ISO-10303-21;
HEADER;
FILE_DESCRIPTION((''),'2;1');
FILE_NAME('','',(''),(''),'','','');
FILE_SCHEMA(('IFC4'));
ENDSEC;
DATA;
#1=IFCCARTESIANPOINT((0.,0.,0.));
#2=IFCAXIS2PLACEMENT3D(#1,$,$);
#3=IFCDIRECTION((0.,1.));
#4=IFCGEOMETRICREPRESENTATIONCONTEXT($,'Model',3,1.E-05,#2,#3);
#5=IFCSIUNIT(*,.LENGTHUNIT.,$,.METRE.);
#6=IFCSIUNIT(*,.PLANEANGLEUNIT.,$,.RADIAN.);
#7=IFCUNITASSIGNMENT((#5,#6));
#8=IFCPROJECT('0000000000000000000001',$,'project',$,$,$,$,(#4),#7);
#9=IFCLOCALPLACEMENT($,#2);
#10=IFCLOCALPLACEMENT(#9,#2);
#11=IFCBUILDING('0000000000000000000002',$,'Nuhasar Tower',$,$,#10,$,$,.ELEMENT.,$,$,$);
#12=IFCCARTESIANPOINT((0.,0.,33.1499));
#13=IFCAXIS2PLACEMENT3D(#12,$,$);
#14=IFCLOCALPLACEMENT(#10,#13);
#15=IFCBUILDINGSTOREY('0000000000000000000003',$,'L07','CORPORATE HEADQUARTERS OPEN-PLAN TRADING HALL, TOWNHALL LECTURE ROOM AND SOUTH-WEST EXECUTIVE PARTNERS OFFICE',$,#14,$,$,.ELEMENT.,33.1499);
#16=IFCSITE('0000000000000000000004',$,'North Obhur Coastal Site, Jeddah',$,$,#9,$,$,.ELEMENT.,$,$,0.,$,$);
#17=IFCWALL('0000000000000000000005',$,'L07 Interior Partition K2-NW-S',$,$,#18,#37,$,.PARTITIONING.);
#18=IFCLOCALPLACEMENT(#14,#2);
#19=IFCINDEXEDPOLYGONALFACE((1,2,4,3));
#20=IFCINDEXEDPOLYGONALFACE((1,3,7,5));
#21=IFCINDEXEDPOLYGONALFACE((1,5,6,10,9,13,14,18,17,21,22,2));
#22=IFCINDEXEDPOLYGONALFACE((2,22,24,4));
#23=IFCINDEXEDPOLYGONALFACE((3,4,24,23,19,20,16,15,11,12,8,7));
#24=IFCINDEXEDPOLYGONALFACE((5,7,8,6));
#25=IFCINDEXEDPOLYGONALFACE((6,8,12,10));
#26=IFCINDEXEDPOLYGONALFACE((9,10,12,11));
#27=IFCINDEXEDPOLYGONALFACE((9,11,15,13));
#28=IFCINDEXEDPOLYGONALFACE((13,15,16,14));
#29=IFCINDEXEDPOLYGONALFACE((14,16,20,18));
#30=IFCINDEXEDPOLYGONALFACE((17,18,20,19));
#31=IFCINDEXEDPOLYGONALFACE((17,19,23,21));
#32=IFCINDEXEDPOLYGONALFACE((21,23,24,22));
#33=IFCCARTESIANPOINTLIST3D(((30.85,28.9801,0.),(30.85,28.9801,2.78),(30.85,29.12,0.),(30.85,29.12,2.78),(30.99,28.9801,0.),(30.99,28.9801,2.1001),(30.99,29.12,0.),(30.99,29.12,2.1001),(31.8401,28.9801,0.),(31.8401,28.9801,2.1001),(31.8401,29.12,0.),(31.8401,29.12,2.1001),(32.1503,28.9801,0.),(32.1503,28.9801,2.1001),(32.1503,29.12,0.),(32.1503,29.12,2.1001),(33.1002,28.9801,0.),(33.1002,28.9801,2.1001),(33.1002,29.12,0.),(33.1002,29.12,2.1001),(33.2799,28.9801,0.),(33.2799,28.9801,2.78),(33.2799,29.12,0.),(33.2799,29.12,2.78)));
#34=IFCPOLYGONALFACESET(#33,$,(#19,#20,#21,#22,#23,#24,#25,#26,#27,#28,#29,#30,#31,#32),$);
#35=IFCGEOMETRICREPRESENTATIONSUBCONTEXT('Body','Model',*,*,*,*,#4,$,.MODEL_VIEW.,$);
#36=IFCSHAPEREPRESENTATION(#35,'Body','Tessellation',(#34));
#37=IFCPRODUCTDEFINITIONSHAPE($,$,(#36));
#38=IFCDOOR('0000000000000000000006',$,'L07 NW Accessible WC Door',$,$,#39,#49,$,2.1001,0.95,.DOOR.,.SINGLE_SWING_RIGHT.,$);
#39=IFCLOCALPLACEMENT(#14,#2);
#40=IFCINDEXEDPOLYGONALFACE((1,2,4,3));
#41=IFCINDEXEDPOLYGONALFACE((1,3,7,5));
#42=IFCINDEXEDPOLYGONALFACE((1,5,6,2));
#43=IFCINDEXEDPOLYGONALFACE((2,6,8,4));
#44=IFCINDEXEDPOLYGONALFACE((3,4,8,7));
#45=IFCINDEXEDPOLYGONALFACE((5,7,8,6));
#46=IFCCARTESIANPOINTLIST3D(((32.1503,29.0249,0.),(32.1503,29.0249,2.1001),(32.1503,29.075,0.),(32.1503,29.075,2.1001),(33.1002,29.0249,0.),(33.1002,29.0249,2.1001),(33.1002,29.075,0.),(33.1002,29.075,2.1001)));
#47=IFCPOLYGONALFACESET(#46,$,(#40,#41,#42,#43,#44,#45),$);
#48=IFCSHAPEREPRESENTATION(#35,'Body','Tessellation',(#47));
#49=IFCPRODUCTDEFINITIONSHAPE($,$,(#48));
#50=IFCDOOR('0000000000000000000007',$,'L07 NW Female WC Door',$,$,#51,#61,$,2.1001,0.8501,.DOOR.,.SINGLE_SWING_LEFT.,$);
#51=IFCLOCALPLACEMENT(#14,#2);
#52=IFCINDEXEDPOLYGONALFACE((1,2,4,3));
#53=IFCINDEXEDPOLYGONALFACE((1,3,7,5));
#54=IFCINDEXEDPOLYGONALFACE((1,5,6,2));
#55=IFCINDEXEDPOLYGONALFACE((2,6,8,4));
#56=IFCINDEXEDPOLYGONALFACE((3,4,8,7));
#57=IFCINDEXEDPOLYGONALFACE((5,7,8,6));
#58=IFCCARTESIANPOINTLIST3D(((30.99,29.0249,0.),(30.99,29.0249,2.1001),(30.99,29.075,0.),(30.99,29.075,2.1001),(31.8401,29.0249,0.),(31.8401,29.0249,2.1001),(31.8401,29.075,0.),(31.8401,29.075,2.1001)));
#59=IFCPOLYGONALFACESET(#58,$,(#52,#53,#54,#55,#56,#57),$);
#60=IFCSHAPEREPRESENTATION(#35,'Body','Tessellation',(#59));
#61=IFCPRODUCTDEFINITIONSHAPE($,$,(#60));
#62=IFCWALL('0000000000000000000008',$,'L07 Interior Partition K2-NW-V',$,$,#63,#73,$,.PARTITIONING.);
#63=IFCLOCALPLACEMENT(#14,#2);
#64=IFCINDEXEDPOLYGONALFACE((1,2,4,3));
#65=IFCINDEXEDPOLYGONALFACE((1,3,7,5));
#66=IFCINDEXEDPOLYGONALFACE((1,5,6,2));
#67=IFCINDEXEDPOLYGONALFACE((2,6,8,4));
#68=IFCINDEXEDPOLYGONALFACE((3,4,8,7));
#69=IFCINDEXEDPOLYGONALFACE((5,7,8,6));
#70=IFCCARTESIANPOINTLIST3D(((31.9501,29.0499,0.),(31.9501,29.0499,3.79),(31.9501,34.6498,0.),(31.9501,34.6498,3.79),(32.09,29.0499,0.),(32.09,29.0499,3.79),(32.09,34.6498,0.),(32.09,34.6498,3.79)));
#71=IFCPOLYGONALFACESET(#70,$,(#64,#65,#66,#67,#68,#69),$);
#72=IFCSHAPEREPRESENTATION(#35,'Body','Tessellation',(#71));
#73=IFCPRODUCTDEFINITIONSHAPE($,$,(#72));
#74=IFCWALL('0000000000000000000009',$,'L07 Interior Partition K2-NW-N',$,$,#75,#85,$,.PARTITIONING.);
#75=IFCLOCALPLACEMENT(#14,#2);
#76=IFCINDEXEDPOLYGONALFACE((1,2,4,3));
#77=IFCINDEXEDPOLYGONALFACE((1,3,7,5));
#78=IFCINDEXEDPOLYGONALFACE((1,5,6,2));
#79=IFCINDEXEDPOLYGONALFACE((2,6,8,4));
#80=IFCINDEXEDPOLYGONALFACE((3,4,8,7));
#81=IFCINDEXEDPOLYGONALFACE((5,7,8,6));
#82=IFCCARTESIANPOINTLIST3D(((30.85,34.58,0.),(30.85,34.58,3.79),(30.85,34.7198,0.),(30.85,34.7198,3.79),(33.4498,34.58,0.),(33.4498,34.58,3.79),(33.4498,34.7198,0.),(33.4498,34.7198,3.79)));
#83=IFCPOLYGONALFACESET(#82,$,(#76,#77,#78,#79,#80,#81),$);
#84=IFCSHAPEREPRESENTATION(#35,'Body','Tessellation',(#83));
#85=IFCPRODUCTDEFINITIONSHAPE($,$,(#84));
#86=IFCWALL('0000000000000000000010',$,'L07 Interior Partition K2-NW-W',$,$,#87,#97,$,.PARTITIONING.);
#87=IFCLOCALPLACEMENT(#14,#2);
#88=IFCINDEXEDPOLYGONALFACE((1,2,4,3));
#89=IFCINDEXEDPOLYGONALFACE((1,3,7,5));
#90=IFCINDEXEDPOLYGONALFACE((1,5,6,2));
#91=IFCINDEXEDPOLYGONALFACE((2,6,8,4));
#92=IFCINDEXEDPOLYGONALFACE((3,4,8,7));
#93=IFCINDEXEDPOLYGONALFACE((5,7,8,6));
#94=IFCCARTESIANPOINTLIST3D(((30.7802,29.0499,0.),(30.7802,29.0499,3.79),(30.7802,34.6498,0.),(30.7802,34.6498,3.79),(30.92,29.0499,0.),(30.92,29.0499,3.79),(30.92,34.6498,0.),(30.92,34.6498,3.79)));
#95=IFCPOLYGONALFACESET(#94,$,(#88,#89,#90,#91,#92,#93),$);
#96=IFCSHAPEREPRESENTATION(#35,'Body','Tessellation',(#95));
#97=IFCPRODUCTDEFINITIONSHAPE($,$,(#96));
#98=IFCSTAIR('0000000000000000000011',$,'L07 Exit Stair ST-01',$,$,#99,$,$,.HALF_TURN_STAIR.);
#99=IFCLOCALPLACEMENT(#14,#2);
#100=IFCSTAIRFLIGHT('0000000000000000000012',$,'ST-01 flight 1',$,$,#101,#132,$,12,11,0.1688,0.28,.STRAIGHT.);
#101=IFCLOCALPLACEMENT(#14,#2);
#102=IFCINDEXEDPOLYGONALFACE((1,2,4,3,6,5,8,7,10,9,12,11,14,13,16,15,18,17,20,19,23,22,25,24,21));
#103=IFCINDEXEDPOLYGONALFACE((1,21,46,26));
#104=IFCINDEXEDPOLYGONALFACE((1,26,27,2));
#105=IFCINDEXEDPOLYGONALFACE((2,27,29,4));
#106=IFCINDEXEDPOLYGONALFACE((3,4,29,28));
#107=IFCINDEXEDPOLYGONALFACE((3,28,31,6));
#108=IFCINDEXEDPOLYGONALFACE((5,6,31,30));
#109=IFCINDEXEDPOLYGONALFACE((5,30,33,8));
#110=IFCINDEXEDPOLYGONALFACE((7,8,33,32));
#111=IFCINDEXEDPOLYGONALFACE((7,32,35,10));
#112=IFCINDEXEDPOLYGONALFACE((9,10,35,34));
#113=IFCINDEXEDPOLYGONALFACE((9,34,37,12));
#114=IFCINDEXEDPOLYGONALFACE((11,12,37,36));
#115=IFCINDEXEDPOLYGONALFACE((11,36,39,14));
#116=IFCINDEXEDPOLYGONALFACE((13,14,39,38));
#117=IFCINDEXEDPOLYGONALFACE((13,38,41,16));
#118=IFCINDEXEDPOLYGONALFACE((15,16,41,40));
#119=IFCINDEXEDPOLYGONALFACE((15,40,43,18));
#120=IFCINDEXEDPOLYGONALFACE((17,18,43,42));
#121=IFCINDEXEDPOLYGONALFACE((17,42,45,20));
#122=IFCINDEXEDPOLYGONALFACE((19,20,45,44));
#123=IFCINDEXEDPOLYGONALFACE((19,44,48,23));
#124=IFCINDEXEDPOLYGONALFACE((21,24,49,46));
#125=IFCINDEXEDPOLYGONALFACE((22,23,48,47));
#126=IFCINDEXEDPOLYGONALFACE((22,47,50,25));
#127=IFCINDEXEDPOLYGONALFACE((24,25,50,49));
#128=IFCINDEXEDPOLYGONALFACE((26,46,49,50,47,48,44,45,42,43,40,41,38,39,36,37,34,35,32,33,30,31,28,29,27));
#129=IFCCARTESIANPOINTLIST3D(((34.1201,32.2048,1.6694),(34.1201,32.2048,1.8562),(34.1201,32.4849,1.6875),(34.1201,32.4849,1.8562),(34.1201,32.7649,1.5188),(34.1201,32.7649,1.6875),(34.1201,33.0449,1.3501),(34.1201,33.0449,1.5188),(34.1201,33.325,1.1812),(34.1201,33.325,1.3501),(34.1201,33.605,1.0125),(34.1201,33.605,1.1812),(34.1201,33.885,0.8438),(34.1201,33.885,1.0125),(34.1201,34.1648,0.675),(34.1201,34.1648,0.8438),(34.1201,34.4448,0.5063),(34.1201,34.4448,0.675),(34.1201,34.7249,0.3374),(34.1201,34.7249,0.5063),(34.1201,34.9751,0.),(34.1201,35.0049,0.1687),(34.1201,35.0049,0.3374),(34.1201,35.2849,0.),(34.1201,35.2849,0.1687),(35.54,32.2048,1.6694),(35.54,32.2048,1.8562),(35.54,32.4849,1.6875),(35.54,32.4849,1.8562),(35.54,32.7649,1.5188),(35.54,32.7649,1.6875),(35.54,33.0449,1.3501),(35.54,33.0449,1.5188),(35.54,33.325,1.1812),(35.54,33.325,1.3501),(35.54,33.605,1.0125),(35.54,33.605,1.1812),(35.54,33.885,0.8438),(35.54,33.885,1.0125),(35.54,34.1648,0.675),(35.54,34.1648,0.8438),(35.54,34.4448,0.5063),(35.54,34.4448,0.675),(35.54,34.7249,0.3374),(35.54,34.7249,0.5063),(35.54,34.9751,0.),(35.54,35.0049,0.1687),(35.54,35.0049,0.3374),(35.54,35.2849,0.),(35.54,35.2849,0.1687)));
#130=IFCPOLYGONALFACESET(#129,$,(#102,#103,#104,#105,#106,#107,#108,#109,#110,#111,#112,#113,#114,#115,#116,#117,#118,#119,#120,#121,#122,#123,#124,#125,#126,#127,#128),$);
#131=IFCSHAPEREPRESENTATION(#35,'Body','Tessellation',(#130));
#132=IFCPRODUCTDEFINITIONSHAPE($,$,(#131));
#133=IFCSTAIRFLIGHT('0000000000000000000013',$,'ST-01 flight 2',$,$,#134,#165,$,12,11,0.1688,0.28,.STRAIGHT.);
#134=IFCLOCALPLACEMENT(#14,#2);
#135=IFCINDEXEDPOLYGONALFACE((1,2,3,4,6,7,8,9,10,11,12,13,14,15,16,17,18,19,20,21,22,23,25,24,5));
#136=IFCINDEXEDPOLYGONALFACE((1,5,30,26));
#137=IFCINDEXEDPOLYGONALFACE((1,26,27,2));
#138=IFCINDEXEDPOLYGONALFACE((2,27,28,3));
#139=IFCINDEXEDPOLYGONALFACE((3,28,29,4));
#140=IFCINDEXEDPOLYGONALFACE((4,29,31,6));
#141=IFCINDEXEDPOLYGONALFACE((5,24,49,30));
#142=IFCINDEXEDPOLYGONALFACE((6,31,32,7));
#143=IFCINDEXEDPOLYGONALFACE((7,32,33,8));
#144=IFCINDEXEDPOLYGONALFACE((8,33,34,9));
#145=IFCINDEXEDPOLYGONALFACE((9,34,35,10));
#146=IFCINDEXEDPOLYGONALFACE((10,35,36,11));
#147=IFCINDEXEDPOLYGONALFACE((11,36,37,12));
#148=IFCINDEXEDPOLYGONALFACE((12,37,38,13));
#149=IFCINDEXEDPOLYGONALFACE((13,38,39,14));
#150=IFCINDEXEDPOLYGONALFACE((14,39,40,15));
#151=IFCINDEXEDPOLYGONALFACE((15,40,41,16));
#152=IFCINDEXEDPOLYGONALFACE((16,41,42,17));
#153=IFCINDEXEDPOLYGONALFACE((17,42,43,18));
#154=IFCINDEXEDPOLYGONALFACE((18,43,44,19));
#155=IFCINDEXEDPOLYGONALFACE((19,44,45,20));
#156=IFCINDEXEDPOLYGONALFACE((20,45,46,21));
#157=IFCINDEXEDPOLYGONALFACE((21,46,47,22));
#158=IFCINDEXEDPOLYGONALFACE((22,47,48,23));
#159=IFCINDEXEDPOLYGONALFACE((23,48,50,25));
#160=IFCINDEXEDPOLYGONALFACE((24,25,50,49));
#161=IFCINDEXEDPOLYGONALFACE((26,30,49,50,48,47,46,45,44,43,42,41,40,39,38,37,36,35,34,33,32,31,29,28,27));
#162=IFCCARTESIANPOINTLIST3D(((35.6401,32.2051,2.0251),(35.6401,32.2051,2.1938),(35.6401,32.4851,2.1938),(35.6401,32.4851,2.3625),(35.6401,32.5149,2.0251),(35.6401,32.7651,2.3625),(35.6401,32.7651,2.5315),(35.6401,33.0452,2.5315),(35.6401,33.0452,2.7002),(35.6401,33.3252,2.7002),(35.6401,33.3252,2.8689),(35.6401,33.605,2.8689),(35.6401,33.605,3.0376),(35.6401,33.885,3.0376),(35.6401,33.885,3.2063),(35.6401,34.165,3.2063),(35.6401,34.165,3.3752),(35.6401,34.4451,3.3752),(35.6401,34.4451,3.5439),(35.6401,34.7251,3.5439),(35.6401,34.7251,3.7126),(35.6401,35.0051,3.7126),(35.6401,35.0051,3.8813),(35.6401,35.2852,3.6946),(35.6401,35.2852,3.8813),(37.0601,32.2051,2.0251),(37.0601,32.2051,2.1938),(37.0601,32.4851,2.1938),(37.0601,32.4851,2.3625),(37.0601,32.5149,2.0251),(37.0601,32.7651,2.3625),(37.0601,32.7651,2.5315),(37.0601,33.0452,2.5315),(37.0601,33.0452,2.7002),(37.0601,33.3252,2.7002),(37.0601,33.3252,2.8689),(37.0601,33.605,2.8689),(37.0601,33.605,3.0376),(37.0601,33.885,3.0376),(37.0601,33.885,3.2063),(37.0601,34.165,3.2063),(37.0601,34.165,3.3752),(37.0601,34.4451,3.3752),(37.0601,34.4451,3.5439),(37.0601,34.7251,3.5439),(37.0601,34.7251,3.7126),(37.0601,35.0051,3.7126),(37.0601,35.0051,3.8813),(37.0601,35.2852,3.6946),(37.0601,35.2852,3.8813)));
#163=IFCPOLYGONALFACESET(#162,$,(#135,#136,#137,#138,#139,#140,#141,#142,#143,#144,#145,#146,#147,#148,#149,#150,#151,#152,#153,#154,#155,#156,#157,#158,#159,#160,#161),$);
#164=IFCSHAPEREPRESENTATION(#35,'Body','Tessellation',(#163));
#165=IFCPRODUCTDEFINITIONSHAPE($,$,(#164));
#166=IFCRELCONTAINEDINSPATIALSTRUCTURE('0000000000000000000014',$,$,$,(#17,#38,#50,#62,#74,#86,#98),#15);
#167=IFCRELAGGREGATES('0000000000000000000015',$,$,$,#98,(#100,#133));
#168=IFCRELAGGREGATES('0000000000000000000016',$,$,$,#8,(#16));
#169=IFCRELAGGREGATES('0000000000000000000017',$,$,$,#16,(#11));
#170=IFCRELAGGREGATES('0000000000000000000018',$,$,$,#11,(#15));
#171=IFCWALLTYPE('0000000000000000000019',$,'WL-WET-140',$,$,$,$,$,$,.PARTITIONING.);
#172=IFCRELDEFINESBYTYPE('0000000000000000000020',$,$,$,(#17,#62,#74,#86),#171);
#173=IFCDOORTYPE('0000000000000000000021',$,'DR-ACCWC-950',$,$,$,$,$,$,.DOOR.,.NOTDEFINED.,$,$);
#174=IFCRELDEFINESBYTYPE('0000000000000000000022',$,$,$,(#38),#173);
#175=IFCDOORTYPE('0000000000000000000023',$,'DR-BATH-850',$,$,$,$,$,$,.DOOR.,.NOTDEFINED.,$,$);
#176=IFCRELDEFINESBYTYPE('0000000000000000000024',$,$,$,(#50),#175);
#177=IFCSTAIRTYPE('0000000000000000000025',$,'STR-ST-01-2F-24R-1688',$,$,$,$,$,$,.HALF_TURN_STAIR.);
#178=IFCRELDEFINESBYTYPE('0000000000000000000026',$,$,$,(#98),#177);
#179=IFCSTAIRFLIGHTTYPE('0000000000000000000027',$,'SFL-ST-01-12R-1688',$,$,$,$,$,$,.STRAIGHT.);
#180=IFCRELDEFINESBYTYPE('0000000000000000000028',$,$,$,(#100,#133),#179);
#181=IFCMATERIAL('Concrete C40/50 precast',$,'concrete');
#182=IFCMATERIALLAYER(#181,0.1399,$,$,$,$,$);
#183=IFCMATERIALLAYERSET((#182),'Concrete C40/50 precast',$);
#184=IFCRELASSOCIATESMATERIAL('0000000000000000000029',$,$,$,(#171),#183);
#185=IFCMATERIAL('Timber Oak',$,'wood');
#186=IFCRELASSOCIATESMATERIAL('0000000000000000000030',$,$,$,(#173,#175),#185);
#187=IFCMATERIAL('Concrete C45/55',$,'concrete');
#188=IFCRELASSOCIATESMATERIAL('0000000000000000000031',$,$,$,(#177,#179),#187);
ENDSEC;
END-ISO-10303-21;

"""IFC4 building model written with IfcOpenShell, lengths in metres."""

from ifc_helpers import new_model, si_unit, direction, frame, frame_2d, origin, place, context, subcontext, project, spatial, polyline, rectangle, outline, extrude, material, layer, layer_set, type_object, element, fill, aggregate, save


model = new_model("IFC4")

# Units and contexts
model_context = context("Model", 3, precision=1e-05, world=origin(), true_north=direction((0.0, 1.0)))
body_context = subcontext(model_context, "Body", "Model", "MODEL_VIEW")
ifc_project = project(units=[si_unit("LENGTHUNIT", "METRE"), si_unit("PLANEANGLEUNIT", "RADIAN")], contexts=[model_context])

# Site, building, storey
site_placement = place(None, origin())
site = spatial("IfcSite", under=ifc_project, at=site_placement, Name="North Obhur Coastal Site, Jeddah", CompositionType="ELEMENT", RefElevation=0.0)
building_placement = place(site_placement, origin())
building = spatial("IfcBuilding", under=site, at=building_placement, Name="Nuhasar Tower", CompositionType="ELEMENT")
storey_placement = place(building_placement, frame((0.0, 0.0, 33.1499)))
storey = spatial("IfcBuildingStorey", under=building, at=storey_placement, Name="L07", Description="CORPORATE HEADQUARTERS OPEN-PLAN TRADING HALL, TOWNHALL LECTURE ROOM AND SOUTH-WEST EXECUTIVE PARTNERS OFFICE", CompositionType="ELEMENT", Elevation=33.1499)

# Shared definitions
ifc_material_1 = material(Name="Concrete C45/55", Category="concrete")
ifc_material_2 = material(Name="Concrete C40/50 precast", Category="concrete")
ifc_layer_1 = layer(ifc_material_2, 0.1399)
ifc_layer_set_1 = layer_set([ifc_layer_1], Name="Concrete C40/50 precast")
wall_type_1 = type_object("IfcWallType", Name="WL-WET-140", PredefinedType="PARTITIONING", material=ifc_layer_set_1)

# Wall, openings, doors
wall_1_placement = place(storey_placement, frame((30.8501, 29.05, 0.0), z_axis=(0.0, 0.0, 1.0), x_axis=(1.0, 0.0, 0.0)))
wall_1 = element("IfcWall", 1, at=wall_1_placement, inside=storey, type_object=wall_type_1, Name="L07 Interior Partition K2-NW-S", PredefinedType="PARTITIONING", context=body_context, shape_type="SweptSolid", body=[
    extrude(rectangle(XDim=2.4299, YDim=0.1399, at=frame_2d((1.2148, 0.0))), origin(), (0.0, 0.0, 1.0), 2.78),
])
opening_1_placement = place(wall_1_placement, frame((0.1399, 0.0, 0.0)))
opening_1 = element("IfcOpeningElement", 2, at=opening_1_placement, cuts=wall_1, PredefinedType="OPENING", context=body_context, shape_type="SweptSolid", body=[
    extrude(rectangle(XDim=0.8501, YDim=2.1001, at=frame_2d((0.425, 1.05))), frame((0.0, 0.0801, 0.0), z_axis=(0.0, -1.0, 0.0), x_axis=(1.0, 0.0, 0.0)), (0.0, 0.0, 1.0), 0.1599),
])
opening_2_placement = place(wall_1_placement, frame((1.3, 0.0, 0.0)))
opening_2 = element("IfcOpeningElement", 3, at=opening_2_placement, cuts=wall_1, PredefinedType="OPENING", context=body_context, shape_type="SweptSolid", body=[
    extrude(rectangle(XDim=0.95, YDim=2.1001, at=frame_2d((0.4751, 1.05))), frame((0.0, 0.0801, 0.0), z_axis=(0.0, -1.0, 0.0), x_axis=(1.0, 0.0, 0.0)), (0.0, 0.0, 1.0), 0.1599),
])
ifc_material_3 = material(Name="Timber Oak", Category="wood")
door_type_1 = type_object("IfcDoorType", Name="DR-ACCWC-950", OperationType="NOTDEFINED", PredefinedType="DOOR", material=ifc_material_3)
door_1_placement = place(opening_2_placement, origin())
door_1 = element("IfcDoor", 4, at=door_1_placement, inside=storey, type_object=door_type_1, Name="L07 NW Accessible WC Door", OperationType="SINGLE_SWING_RIGHT", OverallHeight=2.1001, OverallWidth=0.95, PredefinedType="DOOR", context=body_context, shape_type="SweptSolid", body=[
    extrude(rectangle(XDim=0.95, YDim=2.1001, at=frame_2d((0.4751, 1.05))), frame((0.0, 0.0249, 0.0), z_axis=(0.0, -1.0, 0.0), x_axis=(1.0, 0.0, 0.0)), (0.0, 0.0, 1.0), 0.05),
])
fill(opening_2, door_1)
door_type_2 = type_object("IfcDoorType", Name="DR-BATH-850", OperationType="NOTDEFINED", PredefinedType="DOOR", material=ifc_material_3)
door_2_placement = place(opening_1_placement, origin())
door_2 = element("IfcDoor", 5, at=door_2_placement, inside=storey, type_object=door_type_2, Name="L07 NW Female WC Door", OperationType="SINGLE_SWING_LEFT", OverallHeight=2.1001, OverallWidth=0.8501, PredefinedType="DOOR", context=body_context, shape_type="SweptSolid", body=[
    extrude(rectangle(XDim=0.8501, YDim=2.1001, at=frame_2d((0.425, 1.05))), frame((0.0, 0.0249, 0.0), z_axis=(0.0, -1.0, 0.0), x_axis=(1.0, 0.0, 0.0)), (0.0, 0.0, 1.0), 0.05),
])
fill(opening_1, door_2)

# Walls
wall_2_placement = place(storey_placement, frame((32.02, 29.05, 0.0), z_axis=(0.0, 0.0, 1.0), x_axis=(0.0, 1.0, 0.0)))
element("IfcWall", 6, at=wall_2_placement, inside=storey, type_object=wall_type_1, Name="L07 Interior Partition K2-NW-V", PredefinedType="PARTITIONING", context=body_context, shape_type="SweptSolid", body=[
    extrude(rectangle(XDim=5.5999, YDim=0.1399, at=frame_2d((2.7998, 0.0))), origin(), (0.0, 0.0, 1.0), 3.79),
])
wall_3_placement = place(storey_placement, frame((30.8501, 34.6499, 0.0), z_axis=(0.0, 0.0, 1.0), x_axis=(1.0, 0.0, 0.0)))
element("IfcWall", 7, at=wall_3_placement, inside=storey, type_object=wall_type_1, Name="L07 Interior Partition K2-NW-N", PredefinedType="PARTITIONING", context=body_context, shape_type="SweptSolid", body=[
    extrude(rectangle(XDim=2.5999, YDim=0.1399, at=frame_2d((1.2998, 0.0))), origin(), (0.0, 0.0, 1.0), 3.79),
])
wall_4_placement = place(storey_placement, frame((30.8501, 29.05, 0.0), z_axis=(0.0, 0.0, 1.0), x_axis=(0.0, 1.0, 0.0)))
element("IfcWall", 8, at=wall_4_placement, inside=storey, type_object=wall_type_1, Name="L07 Interior Partition K2-NW-W", PredefinedType="PARTITIONING", context=body_context, shape_type="SweptSolid", body=[
    extrude(rectangle(XDim=5.5999, YDim=0.1399, at=frame_2d((2.7998, 0.0))), origin(), (0.0, 0.0, 1.0), 3.79),
])

# Stair, stair flights
stair_type_1 = type_object("IfcStairType", Name="STR-ST-01-2F-24R-1688", PredefinedType="HALF_TURN_STAIR", material=ifc_material_1)
stair_1_placement = place(storey_placement, origin())
stair_1 = element("IfcStair", 9, at=stair_1_placement, inside=storey, type_object=stair_type_1, Name="L07 Exit Stair ST-01", PredefinedType="HALF_TURN_STAIR")
stair_flight_type_1 = type_object("IfcStairFlightType", Name="SFL-ST-01-12R-1688", PredefinedType="STRAIGHT", material=ifc_material_1)
stair_flight_1_placement = place(storey_placement, frame((34.8301, 35.2849, 0.0), z_axis=(0.0, 0.0, 1.0), x_axis=(0.0, -1.0, 0.0)))
stair_flight_1 = element("IfcStairFlight", 10, at=stair_flight_1_placement, type_object=stair_flight_type_1, Name="ST-01 flight 1", NumberOfRisers=12, NumberOfTreads=11, PredefinedType="STRAIGHT", RiserHeight=0.1688, TreadLength=0.28, context=body_context, shape_type="SweptSolid", body=[
    extrude(outline(polyline([(0.0, 0.0), (0.0, 0.1687), (0.28, 0.1687), (0.28, 0.3374), (0.5601, 0.3374), (0.5601, 0.5063), (0.8401, 0.5063), (0.8401, 0.675), (1.1201, 0.675), (1.1201, 0.8438), (1.3999, 0.8438), (1.3999, 1.0125), (1.6799, 1.0125), (1.6799, 1.1812), (1.96, 1.1812), (1.96, 1.3501), (2.24, 1.3501), (2.24, 1.5188), (2.52, 1.5188), (2.52, 1.6875), (2.8, 1.6875), (2.8, 1.8562), (3.0801, 1.8562), (3.0801, 2.0249), (3.0801, 1.6694), (0.3098, 0.0), (0.0, 0.0)])), frame((0.0, 0.71, 0.0), z_axis=(0.0, -1.0, 0.0), x_axis=(1.0, 0.0, 0.0)), (0.0, 0.0, 1.0), 1.4199),
])
stair_flight_2_placement = place(storey_placement, frame((36.3501, 32.2051, 2.0251), z_axis=(0.0, 0.0, 1.0), x_axis=(0.0, 1.0, 0.0)))
stair_flight_2 = element("IfcStairFlight", 11, at=stair_flight_2_placement, type_object=stair_flight_type_1, Name="ST-01 flight 2", NumberOfRisers=12, NumberOfTreads=11, PredefinedType="STRAIGHT", RiserHeight=0.1688, TreadLength=0.28, context=body_context, shape_type="SweptSolid", body=[
    extrude(outline(polyline([(0.0, 0.0), (0.0, 0.1687), (0.28, 0.1687), (0.28, 0.3374), (0.5601, 0.3374), (0.5601, 0.5063), (0.8401, 0.5063), (0.8401, 0.675), (1.1201, 0.675), (1.1201, 0.8438), (1.3999, 0.8438), (1.3999, 1.0125), (1.6799, 1.0125), (1.6799, 1.1812), (1.96, 1.1812), (1.96, 1.3501), (2.24, 1.3501), (2.24, 1.5188), (2.52, 1.5188), (2.52, 1.6875), (2.8, 1.6875), (2.8, 1.8562), (3.0801, 1.8562), (3.0801, 2.0249), (3.0801, 1.6694), (0.3098, 0.0), (0.0, 0.0)])), frame((0.0, 0.71, 0.0), z_axis=(0.0, -1.0, 0.0), x_axis=(1.0, 0.0, 0.0)), (0.0, 0.0, 1.0), 1.4199),
])
aggregate(stair_1, [stair_flight_1, stair_flight_2])

save(model, "model.ifc")
